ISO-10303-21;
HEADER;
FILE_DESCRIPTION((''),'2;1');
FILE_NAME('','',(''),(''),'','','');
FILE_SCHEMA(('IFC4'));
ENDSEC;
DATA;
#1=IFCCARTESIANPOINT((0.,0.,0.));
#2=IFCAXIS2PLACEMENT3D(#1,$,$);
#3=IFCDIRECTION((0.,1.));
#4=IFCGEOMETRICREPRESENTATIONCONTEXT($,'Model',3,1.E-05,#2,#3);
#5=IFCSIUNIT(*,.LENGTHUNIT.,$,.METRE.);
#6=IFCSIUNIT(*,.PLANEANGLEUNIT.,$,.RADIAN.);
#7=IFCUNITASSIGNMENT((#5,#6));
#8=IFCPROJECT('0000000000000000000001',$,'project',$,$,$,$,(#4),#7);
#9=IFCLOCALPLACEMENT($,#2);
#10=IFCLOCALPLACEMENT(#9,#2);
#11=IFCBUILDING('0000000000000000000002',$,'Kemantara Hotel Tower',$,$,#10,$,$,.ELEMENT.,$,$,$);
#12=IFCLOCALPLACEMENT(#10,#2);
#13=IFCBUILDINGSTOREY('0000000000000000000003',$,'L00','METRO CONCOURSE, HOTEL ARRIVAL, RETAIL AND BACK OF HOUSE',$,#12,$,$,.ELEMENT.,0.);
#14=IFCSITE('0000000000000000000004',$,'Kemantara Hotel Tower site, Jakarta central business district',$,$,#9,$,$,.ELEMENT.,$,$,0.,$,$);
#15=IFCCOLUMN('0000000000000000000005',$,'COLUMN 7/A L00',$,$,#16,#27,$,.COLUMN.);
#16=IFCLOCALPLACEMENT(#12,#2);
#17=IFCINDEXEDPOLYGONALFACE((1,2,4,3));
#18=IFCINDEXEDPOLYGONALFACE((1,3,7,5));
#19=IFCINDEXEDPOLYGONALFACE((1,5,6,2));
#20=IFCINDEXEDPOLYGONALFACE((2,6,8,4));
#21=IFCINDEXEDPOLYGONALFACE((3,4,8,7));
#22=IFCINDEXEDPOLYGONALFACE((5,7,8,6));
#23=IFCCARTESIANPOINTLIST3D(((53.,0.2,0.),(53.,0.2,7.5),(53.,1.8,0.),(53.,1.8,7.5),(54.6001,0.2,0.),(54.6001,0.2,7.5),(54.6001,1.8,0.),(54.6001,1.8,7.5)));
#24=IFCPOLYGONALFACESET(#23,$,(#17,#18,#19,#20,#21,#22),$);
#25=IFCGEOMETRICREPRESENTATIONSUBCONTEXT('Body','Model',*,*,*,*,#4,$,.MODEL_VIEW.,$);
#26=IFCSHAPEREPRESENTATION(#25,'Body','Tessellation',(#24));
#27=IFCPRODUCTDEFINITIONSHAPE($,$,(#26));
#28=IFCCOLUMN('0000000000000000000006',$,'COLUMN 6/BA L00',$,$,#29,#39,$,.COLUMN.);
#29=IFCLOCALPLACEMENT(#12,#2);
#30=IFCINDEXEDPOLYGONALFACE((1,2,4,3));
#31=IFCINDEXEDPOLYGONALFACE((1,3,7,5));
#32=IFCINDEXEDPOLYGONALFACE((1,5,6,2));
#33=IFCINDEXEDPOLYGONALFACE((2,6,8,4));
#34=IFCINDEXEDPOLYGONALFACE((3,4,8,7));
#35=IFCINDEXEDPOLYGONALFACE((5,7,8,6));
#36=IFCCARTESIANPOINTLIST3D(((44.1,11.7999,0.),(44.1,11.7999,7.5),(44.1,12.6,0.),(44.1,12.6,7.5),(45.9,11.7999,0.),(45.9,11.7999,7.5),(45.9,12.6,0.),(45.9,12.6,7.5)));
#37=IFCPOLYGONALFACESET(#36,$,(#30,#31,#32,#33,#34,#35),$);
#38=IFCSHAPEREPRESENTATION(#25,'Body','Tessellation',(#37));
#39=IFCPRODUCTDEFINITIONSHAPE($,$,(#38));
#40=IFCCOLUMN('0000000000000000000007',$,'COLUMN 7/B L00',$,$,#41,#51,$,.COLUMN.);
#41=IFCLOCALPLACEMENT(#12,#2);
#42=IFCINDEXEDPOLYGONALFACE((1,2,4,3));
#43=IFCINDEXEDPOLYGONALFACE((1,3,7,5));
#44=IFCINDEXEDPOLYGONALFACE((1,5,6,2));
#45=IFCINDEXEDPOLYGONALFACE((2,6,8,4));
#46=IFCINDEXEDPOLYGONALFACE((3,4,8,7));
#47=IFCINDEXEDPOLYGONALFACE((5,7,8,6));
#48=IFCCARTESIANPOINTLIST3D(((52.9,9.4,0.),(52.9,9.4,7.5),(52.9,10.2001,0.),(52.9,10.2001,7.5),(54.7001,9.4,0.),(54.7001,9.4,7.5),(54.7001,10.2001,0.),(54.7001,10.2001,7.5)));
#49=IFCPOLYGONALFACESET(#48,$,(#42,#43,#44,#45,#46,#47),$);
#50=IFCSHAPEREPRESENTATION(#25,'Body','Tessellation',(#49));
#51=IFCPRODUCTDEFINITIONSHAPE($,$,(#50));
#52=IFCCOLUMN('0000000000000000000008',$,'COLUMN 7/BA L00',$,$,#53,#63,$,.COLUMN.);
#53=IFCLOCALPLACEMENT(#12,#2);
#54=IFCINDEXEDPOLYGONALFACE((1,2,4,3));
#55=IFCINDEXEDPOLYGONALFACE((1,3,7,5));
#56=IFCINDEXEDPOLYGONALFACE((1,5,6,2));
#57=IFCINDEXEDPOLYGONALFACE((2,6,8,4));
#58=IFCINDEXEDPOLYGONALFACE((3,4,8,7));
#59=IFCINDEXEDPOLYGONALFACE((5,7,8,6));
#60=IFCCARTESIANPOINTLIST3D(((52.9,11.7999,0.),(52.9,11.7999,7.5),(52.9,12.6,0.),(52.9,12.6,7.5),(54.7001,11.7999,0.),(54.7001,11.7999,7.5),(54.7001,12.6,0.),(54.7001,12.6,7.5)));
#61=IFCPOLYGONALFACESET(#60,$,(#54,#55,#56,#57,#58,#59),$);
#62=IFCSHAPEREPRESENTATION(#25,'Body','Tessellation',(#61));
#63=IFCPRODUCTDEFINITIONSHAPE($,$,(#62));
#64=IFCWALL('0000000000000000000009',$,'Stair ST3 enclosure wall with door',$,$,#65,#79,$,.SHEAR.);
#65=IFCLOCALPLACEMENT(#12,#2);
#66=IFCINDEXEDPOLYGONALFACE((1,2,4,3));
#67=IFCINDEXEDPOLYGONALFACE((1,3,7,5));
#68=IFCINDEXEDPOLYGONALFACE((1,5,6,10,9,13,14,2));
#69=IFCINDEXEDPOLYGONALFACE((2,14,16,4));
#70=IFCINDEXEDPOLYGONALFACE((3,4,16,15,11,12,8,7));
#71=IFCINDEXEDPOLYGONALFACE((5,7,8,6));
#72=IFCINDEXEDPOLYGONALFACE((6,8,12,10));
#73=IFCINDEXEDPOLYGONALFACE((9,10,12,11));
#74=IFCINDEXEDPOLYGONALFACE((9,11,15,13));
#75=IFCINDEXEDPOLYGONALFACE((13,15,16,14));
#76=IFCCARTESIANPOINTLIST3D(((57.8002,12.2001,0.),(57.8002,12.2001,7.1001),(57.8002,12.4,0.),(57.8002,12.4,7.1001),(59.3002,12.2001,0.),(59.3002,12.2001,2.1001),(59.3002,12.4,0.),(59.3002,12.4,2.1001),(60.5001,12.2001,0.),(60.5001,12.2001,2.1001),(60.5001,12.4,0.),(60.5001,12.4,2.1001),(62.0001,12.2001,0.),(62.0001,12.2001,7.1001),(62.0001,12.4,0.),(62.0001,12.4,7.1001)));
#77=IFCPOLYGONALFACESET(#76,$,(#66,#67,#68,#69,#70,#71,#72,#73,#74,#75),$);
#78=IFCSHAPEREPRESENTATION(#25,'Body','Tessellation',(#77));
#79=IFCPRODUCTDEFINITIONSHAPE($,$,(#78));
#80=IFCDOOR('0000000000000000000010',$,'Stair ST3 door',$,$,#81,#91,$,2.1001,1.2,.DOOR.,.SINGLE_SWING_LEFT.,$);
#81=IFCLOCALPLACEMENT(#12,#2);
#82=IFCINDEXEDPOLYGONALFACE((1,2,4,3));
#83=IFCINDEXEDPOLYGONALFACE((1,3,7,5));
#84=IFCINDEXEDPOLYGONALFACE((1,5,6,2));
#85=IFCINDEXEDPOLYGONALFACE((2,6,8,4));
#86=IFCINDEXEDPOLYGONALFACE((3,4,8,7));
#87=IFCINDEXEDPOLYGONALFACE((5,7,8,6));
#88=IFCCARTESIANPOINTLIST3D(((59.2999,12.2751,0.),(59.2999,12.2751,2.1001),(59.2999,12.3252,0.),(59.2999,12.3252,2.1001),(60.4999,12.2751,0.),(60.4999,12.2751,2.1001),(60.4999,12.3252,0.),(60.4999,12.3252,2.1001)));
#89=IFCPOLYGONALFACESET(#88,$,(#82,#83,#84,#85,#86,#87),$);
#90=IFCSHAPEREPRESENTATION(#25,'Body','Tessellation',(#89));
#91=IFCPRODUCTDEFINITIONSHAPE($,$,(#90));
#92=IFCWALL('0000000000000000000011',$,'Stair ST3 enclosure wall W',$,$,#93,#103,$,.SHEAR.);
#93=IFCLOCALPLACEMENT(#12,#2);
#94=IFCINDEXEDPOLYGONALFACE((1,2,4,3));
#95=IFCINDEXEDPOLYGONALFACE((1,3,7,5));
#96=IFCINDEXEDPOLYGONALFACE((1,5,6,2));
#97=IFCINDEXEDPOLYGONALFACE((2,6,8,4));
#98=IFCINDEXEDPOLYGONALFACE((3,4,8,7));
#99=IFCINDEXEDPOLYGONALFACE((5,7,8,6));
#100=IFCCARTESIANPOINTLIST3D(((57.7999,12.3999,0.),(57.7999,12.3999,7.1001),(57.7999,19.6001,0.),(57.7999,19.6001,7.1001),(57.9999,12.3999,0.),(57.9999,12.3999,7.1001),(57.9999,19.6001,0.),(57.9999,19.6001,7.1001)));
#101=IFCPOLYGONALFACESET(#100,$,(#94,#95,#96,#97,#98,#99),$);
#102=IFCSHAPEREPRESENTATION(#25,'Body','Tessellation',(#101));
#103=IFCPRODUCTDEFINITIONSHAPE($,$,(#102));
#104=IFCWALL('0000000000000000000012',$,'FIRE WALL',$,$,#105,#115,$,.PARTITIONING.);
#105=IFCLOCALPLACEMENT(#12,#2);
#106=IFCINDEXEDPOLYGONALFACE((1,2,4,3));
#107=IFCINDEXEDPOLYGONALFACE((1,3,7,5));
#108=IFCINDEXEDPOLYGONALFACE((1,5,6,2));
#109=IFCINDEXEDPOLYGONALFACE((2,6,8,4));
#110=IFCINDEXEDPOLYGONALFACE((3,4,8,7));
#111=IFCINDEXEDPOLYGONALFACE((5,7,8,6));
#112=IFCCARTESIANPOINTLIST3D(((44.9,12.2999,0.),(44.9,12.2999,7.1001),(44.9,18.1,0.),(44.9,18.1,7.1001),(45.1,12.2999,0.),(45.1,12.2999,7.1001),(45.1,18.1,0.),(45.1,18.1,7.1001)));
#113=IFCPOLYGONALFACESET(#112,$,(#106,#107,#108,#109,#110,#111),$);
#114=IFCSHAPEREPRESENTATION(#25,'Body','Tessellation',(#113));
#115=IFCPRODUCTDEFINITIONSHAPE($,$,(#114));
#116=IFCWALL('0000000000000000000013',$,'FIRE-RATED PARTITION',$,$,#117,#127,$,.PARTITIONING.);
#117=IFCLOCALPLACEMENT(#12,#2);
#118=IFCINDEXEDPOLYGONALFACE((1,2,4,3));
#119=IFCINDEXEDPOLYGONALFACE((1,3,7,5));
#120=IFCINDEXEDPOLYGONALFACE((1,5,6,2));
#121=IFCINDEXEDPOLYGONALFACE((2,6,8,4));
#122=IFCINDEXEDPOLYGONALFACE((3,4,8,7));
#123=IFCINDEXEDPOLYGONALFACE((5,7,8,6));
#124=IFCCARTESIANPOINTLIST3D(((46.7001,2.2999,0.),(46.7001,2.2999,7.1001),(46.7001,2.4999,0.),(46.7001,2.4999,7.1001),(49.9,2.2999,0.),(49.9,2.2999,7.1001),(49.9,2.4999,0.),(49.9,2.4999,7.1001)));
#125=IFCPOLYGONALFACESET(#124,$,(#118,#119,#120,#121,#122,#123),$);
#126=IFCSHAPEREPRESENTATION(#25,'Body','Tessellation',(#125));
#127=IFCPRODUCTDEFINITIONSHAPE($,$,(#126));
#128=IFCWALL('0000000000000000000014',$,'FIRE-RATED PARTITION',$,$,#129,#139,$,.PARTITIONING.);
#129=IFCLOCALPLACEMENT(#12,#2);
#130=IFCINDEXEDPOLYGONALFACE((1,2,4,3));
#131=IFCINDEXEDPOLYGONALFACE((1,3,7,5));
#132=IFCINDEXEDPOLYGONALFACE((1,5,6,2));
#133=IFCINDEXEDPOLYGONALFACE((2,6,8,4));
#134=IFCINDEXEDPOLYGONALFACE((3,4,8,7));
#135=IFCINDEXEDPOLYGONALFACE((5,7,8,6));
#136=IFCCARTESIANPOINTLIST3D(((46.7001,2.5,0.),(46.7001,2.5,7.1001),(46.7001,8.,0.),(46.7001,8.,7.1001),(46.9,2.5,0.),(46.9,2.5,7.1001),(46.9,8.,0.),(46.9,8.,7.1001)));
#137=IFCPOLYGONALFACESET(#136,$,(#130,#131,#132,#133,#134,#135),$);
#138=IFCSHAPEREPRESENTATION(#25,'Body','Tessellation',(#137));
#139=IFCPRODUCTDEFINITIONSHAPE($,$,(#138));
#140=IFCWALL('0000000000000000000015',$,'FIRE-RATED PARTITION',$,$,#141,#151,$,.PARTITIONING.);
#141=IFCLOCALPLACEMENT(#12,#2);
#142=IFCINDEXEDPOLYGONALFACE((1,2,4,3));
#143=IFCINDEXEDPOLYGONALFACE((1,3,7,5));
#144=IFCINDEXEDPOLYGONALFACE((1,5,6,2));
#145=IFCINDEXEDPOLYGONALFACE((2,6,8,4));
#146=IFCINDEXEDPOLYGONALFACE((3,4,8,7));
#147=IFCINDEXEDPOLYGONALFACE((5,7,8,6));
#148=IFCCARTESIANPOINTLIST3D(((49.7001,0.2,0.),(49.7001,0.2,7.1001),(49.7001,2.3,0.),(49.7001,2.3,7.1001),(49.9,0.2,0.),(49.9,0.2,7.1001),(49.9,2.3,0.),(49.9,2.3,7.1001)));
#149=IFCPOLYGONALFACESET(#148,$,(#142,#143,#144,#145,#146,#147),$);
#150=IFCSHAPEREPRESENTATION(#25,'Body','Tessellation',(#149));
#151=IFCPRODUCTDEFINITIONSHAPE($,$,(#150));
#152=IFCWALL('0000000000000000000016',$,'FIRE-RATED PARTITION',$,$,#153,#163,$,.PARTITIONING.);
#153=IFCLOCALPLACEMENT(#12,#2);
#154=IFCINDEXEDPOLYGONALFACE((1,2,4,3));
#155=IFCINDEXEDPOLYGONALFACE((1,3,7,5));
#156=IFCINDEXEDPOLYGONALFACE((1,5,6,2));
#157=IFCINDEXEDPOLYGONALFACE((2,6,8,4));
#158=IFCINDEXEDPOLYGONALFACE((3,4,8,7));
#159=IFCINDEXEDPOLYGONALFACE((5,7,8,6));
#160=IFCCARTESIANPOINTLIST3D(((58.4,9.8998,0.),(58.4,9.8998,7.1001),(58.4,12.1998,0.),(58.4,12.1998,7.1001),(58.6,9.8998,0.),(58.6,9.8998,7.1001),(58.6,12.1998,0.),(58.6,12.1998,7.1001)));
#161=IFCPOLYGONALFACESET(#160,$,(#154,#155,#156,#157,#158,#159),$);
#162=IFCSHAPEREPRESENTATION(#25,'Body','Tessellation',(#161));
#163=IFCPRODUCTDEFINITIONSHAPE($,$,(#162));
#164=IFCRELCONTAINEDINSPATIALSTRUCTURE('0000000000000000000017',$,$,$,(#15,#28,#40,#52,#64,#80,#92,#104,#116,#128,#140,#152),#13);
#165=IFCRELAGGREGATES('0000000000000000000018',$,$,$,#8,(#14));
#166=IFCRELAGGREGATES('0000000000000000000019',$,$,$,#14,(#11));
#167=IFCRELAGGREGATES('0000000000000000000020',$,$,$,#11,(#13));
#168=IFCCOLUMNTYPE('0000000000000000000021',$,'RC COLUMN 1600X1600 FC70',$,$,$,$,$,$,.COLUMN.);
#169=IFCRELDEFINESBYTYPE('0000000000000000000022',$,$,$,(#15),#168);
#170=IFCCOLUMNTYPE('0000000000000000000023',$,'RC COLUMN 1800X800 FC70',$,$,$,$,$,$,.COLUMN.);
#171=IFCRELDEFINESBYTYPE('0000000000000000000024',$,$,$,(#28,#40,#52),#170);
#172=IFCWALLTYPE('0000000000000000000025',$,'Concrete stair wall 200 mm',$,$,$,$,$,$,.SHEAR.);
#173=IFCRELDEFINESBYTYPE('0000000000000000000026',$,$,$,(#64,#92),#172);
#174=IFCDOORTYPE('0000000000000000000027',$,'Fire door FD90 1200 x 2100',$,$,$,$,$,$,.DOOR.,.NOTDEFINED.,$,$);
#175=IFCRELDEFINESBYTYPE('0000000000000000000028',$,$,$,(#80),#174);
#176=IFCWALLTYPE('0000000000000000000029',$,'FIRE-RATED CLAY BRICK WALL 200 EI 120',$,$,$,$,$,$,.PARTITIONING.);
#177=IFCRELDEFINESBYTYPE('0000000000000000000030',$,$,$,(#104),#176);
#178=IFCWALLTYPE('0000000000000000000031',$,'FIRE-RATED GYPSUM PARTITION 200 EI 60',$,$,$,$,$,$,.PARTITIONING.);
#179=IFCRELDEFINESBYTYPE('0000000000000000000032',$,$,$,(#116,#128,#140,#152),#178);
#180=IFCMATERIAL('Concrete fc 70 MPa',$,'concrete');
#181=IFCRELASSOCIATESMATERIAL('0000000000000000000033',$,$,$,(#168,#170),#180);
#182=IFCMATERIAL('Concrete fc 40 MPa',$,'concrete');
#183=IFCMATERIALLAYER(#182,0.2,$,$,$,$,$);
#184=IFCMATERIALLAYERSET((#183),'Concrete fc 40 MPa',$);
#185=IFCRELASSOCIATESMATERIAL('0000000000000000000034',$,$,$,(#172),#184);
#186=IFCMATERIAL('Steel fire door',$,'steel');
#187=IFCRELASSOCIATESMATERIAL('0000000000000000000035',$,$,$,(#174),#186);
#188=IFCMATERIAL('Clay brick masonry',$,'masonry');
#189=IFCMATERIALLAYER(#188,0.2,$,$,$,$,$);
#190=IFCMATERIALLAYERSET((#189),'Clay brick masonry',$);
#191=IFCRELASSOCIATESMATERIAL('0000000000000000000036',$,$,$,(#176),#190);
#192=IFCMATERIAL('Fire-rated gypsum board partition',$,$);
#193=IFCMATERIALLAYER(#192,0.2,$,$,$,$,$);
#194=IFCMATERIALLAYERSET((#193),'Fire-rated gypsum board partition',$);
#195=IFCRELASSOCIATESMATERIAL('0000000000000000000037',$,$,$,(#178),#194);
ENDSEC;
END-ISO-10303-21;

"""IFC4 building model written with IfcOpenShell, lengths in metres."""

from ifc_helpers import new_model, si_unit, direction, frame, frame_2d, origin, origin_2d, place, context, subcontext, project, spatial, rectangle, extrude, material, layer, layer_set, material_profile, profile_set, type_object, element, fill, save


model = new_model("IFC4")

# Units and contexts
model_context = context("Model", 3, precision=1e-05, world=origin(), true_north=direction((0.0, 1.0)))
body_context = subcontext(model_context, "Body", "Model", "MODEL_VIEW")
ifc_project = project(units=[si_unit("LENGTHUNIT", "METRE"), si_unit("PLANEANGLEUNIT", "RADIAN")], contexts=[model_context])

# Site, building, storey
site_placement = place(None, origin())
site = spatial("IfcSite", under=ifc_project, at=site_placement, Name="Kemantara Hotel Tower site, Jakarta central business district", CompositionType="ELEMENT", RefElevation=0.0)
building_placement = place(site_placement, origin())
building = spatial("IfcBuilding", under=site, at=building_placement, Name="Kemantara Hotel Tower", CompositionType="ELEMENT")
storey_placement = place(building_placement, origin())
storey = spatial("IfcBuildingStorey", under=building, at=storey_placement, Name="L00", Description="METRO CONCOURSE, HOTEL ARRIVAL, RETAIL AND BACK OF HOUSE", CompositionType="ELEMENT", Elevation=0.0)

# Columns
ifc_material_1 = material(Name="Concrete fc 70 MPa", Category="concrete")
ifc_material_profile_1 = material_profile(ifc_material_1, rectangle(XDim=1.6001, YDim=1.6001, at=origin_2d()), Name="RC 1600X1600")
ifc_profile_set_1 = profile_set([ifc_material_profile_1], Name="Concrete fc 70 MPa")
column_type_1 = type_object("IfcColumnType", Name="RC COLUMN 1600X1600 FC70", PredefinedType="COLUMN", material=ifc_profile_set_1)
column_placement = place(storey_placement, frame((53.8, 1.0, 0.0), z_axis=(0.0, 0.0, 1.0), x_axis=(1.0, 0.0, 0.0)))
element("IfcColumn", 1, at=column_placement, inside=storey, type_object=column_type_1, Name="COLUMN 7/A L00", PredefinedType="COLUMN", context=body_context, shape_type="SweptSolid", body=[
    extrude(rectangle(XDim=1.6001, YDim=1.6001, at=origin_2d()), origin(), (0.0, 0.0, 1.0), 7.5),
])
ifc_material_profile_2 = material_profile(ifc_material_1, rectangle(XDim=1.8, YDim=0.8, at=origin_2d()), Name="RC 1800X800")
ifc_profile_set_2 = profile_set([ifc_material_profile_2], Name="Concrete fc 70 MPa")
column_type_2 = type_object("IfcColumnType", Name="RC COLUMN 1800X800 FC70", PredefinedType="COLUMN", material=ifc_profile_set_2)
for number, where, z_axis, x_axis, name in (
    (2, (45.0, 12.2, 0.0), (0.0, 0.0, 1.0), (1.0, 0.0, 0.0), "COLUMN 6/BA L00"),
    (3, (53.8, 9.8, 0.0), (0.0, 0.0, 1.0), (1.0, 0.0, 0.0), "COLUMN 7/B L00"),
    (4, (53.8, 12.2, 0.0), (0.0, 0.0, 1.0), (1.0, 0.0, 0.0), "COLUMN 7/BA L00"),
):
    element("IfcColumn", number, at=place(storey_placement, frame(where, z_axis=z_axis, x_axis=x_axis)), inside=storey, type_object=column_type_2, Name=name, PredefinedType="COLUMN", context=body_context, shape_type="SweptSolid", body=[
        extrude(rectangle(XDim=1.8, YDim=0.8, at=origin_2d()), origin(), (0.0, 0.0, 1.0), 7.5),
    ])

# Wall, opening, door
ifc_material_2 = material(Name="Concrete fc 40 MPa", Category="concrete")
ifc_layer_1 = layer(ifc_material_2, 0.2)
ifc_layer_set_1 = layer_set([ifc_layer_1], Name="Concrete fc 40 MPa")
wall_type_1 = type_object("IfcWallType", Name="Concrete stair wall 200 mm", PredefinedType="SHEAR", material=ifc_layer_set_1)
wall_1_placement = place(storey_placement, frame((57.8, 12.3, 0.0), z_axis=(0.0, 0.0, 1.0), x_axis=(1.0, 0.0, 0.0)))
wall_1 = element("IfcWall", 5, at=wall_1_placement, inside=storey, type_object=wall_type_1, Name="Stair ST3 enclosure wall with door", PredefinedType="SHEAR", context=body_context, shape_type="SweptSolid", body=[
    extrude(rectangle(XDim=4.2, YDim=0.2, at=frame_2d((2.1001, 0.0))), origin(), (0.0, 0.0, 1.0), 7.1001),
])
opening_1_placement = place(wall_1_placement, frame((1.5, 0.0, 0.0)))
opening_1 = element("IfcOpeningElement", 6, at=opening_1_placement, cuts=wall_1, PredefinedType="OPENING", context=body_context, shape_type="SweptSolid", body=[
    extrude(rectangle(XDim=1.2, YDim=2.1001, at=frame_2d((0.6001, 1.05))), frame((0.0, 0.1099, 0.0), z_axis=(0.0, -1.0, 0.0), x_axis=(1.0, 0.0, 0.0)), (0.0, 0.0, 1.0), 0.22),
])
ifc_material_3 = material(Name="Steel fire door", Category="steel")
door_type_1 = type_object("IfcDoorType", Name="Fire door FD90 1200 x 2100", OperationType="NOTDEFINED", PredefinedType="DOOR", material=ifc_material_3)
door_1_placement = place(opening_1_placement, frame((1.2, 0.0, 0.0), z_axis=(0.0, 0.0, 1.0), x_axis=(-1.0, 0.0, 0.0)))
door_1 = element("IfcDoor", 7, at=door_1_placement, inside=storey, type_object=door_type_1, Name="Stair ST3 door", OperationType="SINGLE_SWING_LEFT", OverallHeight=2.1001, OverallWidth=1.2, PredefinedType="DOOR", context=body_context, shape_type="SweptSolid", body=[
    extrude(rectangle(XDim=1.2, YDim=2.1001, at=frame_2d((0.6001, 1.05))), frame((0.0, 0.0249, 0.0), z_axis=(0.0, -1.0, 0.0), x_axis=(1.0, 0.0, 0.0)), (0.0, 0.0, 1.0), 0.05),
])
fill(opening_1, door_1)

# Walls
wall_2_placement = place(storey_placement, frame((57.8999, 12.3999, 0.0), z_axis=(0.0, 0.0, 1.0), x_axis=(0.0, 1.0, 0.0)))
element("IfcWall", 8, at=wall_2_placement, inside=storey, type_object=wall_type_1, Name="Stair ST3 enclosure wall W", PredefinedType="SHEAR", context=body_context, shape_type="SweptSolid", body=[
    extrude(rectangle(XDim=7.2002, YDim=0.2, at=frame_2d((3.6001, 0.0))), origin(), (0.0, 0.0, 1.0), 7.1001),
])
ifc_material_4 = material(Name="Clay brick masonry", Category="masonry")
ifc_layer_2 = layer(ifc_material_4, 0.2)
ifc_layer_set_2 = layer_set([ifc_layer_2], Name="Clay brick masonry")
wall_type_2 = type_object("IfcWallType", Name="FIRE-RATED CLAY BRICK WALL 200 EI 120", PredefinedType="PARTITIONING", material=ifc_layer_set_2)
wall_3_placement = place(storey_placement, frame((45.0, 12.3, 0.0), z_axis=(0.0, 0.0, 1.0), x_axis=(0.0, 1.0, 0.0)))
element("IfcWall", 9, at=wall_3_placement, inside=storey, type_object=wall_type_2, Name="FIRE WALL", PredefinedType="PARTITIONING", context=body_context, shape_type="SweptSolid", body=[
    extrude(rectangle(XDim=5.8, YDim=0.2, at=frame_2d((2.8999, 0.0))), origin(), (0.0, 0.0, 1.0), 7.1001),
])
ifc_material_5 = material(Name="Fire-rated gypsum board partition")
ifc_layer_3 = layer(ifc_material_5, 0.2)
ifc_layer_set_3 = layer_set([ifc_layer_3], Name="Fire-rated gypsum board partition")
wall_type_3 = type_object("IfcWallType", Name="FIRE-RATED GYPSUM PARTITION 200 EI 60", PredefinedType="PARTITIONING", material=ifc_layer_set_3)
wall_4_placement = place(storey_placement, frame((46.7, 2.3999, 0.0), z_axis=(0.0, 0.0, 1.0), x_axis=(1.0, 0.0, 0.0)))
element("IfcWall", 10, at=wall_4_placement, inside=storey, type_object=wall_type_3, Name="FIRE-RATED PARTITION", PredefinedType="PARTITIONING", context=body_context, shape_type="SweptSolid", body=[
    extrude(rectangle(XDim=3.2, YDim=0.2, at=frame_2d((1.6001, 0.0))), origin(), (0.0, 0.0, 1.0), 7.1001),
])
wall_5_placement = place(storey_placement, frame((46.8, 2.5, 0.0), z_axis=(0.0, 0.0, 1.0), x_axis=(0.0, 1.0, 0.0)))
element("IfcWall", 11, at=wall_5_placement, inside=storey, type_object=wall_type_3, Name="FIRE-RATED PARTITION", PredefinedType="PARTITIONING", context=body_context, shape_type="SweptSolid", body=[
    extrude(rectangle(XDim=5.5, YDim=0.2, at=frame_2d((2.75, 0.0))), origin(), (0.0, 0.0, 1.0), 7.1001),
])
wall_6_placement = place(storey_placement, frame((49.8, 0.2, 0.0), z_axis=(0.0, 0.0, 1.0), x_axis=(0.0, 1.0, 0.0)))
element("IfcWall", 12, at=wall_6_placement, inside=storey, type_object=wall_type_3, Name="FIRE-RATED PARTITION", PredefinedType="PARTITIONING", context=body_context, shape_type="SweptSolid", body=[
    extrude(rectangle(XDim=2.1001, YDim=0.2, at=frame_2d((1.05, 0.0))), origin(), (0.0, 0.0, 1.0), 7.1001),
])
wall_7_placement = place(storey_placement, frame((58.5, 9.8999, 0.0), z_axis=(0.0, 0.0, 1.0), x_axis=(0.0, 1.0, 0.0)))
element("IfcWall", 13, at=wall_7_placement, inside=storey, type_object=wall_type_3, Name="FIRE-RATED PARTITION", PredefinedType="PARTITIONING", context=body_context, shape_type="SweptSolid", body=[
    extrude(rectangle(XDim=2.3, YDim=0.2, at=frame_2d((1.1499, 0.0))), origin(), (0.0, 0.0, 1.0), 7.1001),
])

save(model, "model.ifc")
